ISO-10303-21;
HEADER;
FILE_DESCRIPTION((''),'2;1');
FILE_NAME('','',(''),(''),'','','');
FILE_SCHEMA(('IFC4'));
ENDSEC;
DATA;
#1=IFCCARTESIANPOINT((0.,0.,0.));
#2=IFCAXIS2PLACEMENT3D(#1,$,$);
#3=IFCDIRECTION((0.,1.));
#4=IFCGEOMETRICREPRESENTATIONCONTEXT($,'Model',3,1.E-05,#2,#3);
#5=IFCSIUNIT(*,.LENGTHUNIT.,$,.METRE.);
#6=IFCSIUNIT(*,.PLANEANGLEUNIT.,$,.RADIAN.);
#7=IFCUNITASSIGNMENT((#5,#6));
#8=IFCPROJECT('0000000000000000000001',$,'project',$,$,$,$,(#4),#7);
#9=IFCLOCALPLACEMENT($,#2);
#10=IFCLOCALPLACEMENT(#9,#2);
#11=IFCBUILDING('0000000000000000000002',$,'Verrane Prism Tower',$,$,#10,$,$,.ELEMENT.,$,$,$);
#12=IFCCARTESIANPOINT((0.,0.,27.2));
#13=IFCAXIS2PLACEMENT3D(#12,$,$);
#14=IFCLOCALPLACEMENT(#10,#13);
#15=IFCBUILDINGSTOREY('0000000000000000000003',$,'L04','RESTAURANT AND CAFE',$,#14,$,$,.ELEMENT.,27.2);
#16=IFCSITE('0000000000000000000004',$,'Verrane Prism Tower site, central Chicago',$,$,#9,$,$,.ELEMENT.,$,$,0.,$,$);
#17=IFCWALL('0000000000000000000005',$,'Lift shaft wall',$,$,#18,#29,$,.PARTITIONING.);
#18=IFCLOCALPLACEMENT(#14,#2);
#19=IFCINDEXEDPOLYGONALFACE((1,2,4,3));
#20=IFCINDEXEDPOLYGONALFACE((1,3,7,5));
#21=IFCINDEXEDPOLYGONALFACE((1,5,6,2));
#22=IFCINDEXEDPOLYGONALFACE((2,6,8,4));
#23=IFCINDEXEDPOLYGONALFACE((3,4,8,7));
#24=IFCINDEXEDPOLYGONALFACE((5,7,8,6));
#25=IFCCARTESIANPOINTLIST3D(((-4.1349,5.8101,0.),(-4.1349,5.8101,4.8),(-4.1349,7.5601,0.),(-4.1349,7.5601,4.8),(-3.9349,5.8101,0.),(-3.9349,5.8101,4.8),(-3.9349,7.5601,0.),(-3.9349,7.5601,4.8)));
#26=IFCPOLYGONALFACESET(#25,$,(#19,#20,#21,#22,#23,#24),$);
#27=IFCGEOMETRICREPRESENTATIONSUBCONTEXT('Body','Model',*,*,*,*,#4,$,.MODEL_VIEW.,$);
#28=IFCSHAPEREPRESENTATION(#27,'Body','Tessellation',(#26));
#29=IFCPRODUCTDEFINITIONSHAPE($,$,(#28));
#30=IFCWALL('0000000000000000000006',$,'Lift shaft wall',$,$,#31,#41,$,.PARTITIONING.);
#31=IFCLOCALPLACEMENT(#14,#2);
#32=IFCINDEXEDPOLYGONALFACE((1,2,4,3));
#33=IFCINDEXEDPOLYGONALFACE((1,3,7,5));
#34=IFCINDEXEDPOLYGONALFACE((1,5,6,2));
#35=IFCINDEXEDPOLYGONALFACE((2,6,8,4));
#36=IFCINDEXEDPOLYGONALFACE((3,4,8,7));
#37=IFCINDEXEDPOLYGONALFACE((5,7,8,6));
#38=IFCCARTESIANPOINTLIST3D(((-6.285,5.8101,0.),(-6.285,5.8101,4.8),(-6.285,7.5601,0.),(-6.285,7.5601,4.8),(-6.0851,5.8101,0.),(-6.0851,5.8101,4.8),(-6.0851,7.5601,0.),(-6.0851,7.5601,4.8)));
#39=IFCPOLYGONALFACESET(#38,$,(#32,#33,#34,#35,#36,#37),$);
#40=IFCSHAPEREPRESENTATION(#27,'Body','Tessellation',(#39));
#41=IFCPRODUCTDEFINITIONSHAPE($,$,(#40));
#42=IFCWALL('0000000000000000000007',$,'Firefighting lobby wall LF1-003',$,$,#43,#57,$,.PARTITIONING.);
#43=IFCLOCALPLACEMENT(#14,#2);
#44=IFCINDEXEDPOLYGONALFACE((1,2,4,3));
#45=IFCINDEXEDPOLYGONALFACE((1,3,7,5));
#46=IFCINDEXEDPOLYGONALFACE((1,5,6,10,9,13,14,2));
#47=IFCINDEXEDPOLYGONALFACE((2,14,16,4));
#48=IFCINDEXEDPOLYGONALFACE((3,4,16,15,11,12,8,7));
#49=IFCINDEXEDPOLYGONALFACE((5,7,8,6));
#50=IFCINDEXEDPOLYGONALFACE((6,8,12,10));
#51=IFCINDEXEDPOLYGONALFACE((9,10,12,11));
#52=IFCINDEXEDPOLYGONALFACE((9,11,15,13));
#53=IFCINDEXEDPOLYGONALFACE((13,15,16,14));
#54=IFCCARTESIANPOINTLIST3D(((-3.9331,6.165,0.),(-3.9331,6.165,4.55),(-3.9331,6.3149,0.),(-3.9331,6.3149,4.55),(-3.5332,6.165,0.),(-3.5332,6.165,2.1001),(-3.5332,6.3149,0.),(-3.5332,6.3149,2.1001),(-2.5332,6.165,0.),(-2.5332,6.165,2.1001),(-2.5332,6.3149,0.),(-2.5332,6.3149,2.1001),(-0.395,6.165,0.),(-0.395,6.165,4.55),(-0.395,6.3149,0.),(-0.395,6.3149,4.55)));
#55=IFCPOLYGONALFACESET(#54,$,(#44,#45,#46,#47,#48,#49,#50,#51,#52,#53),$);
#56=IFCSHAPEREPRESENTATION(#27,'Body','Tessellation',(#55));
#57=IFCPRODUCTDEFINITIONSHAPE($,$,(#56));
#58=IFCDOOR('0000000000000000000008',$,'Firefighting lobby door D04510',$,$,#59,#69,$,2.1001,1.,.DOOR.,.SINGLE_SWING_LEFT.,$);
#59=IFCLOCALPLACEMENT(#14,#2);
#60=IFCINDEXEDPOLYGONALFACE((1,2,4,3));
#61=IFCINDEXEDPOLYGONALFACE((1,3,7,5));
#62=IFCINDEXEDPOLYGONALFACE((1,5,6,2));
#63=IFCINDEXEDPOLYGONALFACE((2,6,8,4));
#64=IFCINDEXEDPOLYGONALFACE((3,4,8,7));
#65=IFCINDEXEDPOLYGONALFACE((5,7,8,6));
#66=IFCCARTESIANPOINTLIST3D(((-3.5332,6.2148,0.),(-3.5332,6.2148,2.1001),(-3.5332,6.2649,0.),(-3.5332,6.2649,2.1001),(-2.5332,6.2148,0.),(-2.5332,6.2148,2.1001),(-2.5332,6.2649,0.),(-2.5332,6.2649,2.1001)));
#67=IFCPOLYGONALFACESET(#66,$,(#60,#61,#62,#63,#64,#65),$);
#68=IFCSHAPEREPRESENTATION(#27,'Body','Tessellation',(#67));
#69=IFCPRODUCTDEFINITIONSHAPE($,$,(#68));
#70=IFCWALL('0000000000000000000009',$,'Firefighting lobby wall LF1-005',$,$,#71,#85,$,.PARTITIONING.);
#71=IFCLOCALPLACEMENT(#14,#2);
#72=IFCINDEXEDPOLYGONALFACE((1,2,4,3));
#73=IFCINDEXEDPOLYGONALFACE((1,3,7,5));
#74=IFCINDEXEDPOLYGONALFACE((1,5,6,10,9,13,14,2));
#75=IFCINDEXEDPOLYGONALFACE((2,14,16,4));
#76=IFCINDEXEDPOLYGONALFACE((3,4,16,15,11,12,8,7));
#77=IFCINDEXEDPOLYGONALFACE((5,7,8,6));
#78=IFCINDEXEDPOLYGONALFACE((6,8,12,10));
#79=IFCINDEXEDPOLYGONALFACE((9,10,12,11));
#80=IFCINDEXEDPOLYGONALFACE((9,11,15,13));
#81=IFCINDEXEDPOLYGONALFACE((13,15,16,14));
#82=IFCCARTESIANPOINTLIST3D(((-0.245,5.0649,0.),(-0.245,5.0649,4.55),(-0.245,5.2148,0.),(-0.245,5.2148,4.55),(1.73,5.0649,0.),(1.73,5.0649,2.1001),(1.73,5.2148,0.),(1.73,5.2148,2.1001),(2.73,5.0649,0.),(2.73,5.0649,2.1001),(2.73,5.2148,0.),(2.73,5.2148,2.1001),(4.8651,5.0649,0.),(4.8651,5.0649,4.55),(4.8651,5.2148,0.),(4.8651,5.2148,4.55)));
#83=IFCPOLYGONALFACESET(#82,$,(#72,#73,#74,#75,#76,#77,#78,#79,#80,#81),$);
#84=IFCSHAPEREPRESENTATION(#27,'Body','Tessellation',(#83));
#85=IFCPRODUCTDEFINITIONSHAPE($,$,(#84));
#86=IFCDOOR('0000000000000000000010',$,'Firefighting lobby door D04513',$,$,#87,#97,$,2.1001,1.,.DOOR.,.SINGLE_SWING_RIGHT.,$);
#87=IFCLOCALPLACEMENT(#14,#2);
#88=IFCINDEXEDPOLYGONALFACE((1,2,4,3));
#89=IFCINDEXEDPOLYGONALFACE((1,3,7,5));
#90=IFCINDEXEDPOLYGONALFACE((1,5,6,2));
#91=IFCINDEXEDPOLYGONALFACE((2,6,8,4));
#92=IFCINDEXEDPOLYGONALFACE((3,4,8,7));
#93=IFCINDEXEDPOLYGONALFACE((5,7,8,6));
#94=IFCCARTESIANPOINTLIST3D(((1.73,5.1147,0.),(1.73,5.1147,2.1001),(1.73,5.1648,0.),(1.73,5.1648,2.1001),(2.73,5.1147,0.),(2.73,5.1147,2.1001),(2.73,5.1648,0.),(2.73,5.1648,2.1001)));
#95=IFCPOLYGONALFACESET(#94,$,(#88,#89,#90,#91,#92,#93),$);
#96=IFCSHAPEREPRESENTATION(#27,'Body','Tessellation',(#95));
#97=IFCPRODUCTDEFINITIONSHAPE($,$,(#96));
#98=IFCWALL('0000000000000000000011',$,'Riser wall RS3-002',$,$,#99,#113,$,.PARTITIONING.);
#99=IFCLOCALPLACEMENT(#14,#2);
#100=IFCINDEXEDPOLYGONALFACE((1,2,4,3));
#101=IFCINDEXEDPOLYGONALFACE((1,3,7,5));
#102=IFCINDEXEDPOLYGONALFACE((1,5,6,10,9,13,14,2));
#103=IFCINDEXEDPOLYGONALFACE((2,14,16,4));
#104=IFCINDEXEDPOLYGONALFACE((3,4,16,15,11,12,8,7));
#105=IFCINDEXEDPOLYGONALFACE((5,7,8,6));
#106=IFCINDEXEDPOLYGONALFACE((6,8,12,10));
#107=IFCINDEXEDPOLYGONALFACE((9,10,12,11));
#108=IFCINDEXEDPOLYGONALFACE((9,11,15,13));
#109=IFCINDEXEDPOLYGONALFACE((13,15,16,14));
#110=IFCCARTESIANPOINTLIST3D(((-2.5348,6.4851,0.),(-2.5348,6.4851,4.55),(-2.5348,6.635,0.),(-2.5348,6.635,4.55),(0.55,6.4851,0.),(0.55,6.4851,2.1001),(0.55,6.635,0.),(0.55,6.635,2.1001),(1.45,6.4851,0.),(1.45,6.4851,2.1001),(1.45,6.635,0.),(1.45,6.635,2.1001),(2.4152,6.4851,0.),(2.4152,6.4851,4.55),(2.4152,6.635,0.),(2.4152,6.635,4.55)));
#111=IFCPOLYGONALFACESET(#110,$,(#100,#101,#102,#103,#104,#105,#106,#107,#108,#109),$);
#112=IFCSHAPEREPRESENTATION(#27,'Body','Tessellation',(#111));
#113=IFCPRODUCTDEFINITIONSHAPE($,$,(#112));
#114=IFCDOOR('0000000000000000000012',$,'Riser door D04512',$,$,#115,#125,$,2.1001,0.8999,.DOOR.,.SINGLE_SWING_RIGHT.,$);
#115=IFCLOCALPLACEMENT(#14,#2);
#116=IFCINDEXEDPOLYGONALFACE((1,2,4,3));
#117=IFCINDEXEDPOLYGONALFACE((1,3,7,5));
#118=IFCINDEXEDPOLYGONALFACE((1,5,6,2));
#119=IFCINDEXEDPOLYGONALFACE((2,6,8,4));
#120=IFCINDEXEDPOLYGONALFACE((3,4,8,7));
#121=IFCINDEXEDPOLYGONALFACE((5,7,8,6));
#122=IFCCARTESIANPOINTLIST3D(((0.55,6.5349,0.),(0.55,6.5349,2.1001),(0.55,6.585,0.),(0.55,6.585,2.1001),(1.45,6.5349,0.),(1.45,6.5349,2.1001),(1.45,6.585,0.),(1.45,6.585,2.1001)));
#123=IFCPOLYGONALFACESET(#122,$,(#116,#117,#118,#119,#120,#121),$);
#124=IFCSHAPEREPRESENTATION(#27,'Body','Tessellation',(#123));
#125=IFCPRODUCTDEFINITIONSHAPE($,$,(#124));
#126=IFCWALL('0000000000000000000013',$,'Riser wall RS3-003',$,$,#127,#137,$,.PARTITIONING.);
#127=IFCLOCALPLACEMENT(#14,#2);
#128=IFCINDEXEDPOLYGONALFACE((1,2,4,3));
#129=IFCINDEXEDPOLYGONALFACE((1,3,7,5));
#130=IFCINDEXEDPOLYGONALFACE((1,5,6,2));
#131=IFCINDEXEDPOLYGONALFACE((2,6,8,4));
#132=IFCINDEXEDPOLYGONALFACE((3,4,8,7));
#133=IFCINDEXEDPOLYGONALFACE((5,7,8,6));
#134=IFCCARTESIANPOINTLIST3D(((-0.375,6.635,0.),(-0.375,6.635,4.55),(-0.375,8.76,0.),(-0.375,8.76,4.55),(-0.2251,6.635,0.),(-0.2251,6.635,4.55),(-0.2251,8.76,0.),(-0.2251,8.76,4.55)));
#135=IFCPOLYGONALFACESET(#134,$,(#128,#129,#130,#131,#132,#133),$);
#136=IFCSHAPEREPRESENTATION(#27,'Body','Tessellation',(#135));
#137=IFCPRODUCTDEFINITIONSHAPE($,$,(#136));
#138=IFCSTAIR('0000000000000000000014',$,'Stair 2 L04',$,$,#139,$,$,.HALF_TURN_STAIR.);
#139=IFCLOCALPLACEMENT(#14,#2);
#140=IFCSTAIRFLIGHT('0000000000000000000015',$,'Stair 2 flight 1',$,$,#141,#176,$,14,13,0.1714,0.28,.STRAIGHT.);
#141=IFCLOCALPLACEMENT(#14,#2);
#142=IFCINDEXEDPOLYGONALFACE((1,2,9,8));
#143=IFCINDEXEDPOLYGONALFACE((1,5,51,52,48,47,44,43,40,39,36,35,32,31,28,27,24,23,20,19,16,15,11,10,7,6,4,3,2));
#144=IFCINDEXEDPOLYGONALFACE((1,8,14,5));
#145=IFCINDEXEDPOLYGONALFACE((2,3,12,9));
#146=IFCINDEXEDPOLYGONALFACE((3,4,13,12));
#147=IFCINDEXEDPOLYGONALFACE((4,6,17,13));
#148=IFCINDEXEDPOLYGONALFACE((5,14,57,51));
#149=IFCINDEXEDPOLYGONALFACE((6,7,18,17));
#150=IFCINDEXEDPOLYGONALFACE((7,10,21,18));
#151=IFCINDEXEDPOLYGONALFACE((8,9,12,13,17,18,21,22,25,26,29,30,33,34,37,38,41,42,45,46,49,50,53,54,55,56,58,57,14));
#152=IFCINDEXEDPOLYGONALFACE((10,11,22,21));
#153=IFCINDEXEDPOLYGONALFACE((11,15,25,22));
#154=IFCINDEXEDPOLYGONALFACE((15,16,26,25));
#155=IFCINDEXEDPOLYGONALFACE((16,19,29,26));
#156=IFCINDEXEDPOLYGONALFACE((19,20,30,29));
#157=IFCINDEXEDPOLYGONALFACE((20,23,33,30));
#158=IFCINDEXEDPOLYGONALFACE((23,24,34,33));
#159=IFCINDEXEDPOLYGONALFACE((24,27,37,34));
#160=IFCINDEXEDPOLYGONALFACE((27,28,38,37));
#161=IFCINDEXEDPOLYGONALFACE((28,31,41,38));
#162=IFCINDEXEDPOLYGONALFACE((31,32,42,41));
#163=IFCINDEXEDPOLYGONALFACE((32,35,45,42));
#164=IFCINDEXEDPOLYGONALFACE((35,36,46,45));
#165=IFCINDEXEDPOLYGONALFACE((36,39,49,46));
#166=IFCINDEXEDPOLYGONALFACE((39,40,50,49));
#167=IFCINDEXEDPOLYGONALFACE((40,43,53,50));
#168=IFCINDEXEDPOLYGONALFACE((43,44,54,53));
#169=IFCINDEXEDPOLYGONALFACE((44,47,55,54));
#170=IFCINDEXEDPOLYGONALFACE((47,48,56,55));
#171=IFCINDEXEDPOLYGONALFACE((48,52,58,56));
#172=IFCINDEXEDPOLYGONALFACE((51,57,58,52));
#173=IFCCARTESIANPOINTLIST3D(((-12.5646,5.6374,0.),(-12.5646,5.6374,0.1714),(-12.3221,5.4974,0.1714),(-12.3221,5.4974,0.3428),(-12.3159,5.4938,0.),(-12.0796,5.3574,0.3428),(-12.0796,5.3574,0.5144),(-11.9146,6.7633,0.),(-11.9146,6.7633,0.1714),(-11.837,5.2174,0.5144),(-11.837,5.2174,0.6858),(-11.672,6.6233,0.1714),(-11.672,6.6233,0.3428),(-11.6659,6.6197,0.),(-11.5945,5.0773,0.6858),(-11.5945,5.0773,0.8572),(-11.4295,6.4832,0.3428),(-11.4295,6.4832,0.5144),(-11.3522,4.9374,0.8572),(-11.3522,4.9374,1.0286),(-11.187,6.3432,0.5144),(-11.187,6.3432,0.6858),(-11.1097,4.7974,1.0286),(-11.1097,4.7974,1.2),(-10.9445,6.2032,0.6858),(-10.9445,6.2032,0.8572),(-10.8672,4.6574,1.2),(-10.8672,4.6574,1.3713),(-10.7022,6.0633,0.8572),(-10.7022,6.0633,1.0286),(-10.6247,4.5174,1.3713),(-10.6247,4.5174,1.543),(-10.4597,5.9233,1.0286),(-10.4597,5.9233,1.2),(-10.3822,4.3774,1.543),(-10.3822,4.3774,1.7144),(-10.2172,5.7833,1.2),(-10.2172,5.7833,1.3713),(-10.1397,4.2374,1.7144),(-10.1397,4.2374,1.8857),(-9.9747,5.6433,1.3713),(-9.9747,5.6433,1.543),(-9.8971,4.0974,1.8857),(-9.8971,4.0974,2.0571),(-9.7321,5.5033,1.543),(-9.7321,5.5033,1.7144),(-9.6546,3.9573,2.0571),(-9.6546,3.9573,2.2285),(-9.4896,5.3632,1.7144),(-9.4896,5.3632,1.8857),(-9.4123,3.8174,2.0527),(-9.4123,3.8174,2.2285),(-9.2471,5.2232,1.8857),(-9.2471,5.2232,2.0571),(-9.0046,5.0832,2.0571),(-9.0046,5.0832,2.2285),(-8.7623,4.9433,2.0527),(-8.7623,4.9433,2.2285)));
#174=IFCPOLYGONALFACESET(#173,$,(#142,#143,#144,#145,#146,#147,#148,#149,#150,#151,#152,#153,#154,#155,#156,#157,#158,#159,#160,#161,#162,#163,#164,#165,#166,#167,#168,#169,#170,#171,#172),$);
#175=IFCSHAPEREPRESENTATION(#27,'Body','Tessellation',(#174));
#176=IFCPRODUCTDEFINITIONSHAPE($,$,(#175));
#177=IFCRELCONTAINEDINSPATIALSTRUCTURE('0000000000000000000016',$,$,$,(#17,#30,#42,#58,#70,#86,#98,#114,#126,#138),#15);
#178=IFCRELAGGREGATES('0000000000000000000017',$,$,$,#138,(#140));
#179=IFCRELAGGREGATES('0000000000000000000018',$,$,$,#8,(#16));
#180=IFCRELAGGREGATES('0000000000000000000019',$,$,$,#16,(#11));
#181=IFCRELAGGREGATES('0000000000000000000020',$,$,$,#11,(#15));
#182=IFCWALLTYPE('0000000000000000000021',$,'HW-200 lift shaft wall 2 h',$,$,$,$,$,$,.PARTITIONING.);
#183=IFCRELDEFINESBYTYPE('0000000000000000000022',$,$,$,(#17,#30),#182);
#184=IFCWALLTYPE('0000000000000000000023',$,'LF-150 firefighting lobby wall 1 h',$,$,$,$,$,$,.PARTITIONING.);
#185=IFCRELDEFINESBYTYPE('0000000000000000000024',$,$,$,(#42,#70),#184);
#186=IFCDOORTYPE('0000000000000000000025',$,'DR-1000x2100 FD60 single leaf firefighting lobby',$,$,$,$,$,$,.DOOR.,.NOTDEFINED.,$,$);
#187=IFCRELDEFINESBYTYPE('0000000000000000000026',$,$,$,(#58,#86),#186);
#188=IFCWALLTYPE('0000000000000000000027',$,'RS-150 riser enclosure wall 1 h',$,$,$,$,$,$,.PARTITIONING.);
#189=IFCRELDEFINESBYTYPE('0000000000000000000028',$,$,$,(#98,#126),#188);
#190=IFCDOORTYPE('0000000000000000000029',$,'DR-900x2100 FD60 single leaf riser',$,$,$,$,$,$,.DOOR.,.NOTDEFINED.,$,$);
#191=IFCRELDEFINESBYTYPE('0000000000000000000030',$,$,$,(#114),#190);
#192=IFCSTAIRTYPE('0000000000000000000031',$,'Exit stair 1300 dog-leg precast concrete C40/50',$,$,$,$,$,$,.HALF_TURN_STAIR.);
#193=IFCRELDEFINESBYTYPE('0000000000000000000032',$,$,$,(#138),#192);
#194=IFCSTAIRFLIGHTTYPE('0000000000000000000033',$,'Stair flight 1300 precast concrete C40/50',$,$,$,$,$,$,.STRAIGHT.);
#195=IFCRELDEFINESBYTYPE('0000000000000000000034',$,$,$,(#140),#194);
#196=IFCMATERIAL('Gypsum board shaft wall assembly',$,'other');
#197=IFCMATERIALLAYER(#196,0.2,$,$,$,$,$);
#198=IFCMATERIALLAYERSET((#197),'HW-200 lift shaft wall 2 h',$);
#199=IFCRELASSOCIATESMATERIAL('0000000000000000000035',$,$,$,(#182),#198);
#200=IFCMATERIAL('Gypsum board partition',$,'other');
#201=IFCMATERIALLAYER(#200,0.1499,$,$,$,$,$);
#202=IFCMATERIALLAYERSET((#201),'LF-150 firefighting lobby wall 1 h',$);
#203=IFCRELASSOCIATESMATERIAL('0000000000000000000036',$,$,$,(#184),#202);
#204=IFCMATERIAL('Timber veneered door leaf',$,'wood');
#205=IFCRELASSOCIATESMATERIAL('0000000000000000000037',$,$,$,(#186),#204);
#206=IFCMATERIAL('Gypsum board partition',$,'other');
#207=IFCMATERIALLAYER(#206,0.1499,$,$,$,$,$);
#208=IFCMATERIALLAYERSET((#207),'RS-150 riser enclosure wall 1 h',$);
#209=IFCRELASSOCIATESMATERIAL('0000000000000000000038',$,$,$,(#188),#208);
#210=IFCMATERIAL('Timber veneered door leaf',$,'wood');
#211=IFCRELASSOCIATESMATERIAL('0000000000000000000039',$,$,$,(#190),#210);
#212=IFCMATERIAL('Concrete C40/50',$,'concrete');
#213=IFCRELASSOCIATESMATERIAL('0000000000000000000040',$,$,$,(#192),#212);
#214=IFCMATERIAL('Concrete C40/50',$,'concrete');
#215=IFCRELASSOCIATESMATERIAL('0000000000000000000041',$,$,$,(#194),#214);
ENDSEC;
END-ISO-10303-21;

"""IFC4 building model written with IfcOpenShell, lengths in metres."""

from ifc_helpers import new_model, si_unit, direction, frame, frame_2d, origin, place, context, subcontext, project, spatial, polyline, rectangle, outline, extrude, material, layer, layer_set, type_object, element, fill, aggregate, save


model = new_model("IFC4")

# Units and contexts
model_context = context("Model", 3, precision=1e-05, world=origin(), true_north=direction((0.0, 1.0)))
body_context = subcontext(model_context, "Body", "Model", "MODEL_VIEW")
ifc_project = project(units=[si_unit("LENGTHUNIT", "METRE"), si_unit("PLANEANGLEUNIT", "RADIAN")], contexts=[model_context])

# Site, building, storey
site_placement = place(None, origin())
site = spatial("IfcSite", under=ifc_project, at=site_placement, Name="Verrane Prism Tower site, central Chicago", CompositionType="ELEMENT", RefElevation=0.0)
building_placement = place(site_placement, origin())
building = spatial("IfcBuilding", under=site, at=building_placement, Name="Verrane Prism Tower", CompositionType="ELEMENT")
storey_placement = place(building_placement, frame((0.0, 0.0, 27.2)))
storey = spatial("IfcBuildingStorey", under=building, at=storey_placement, Name="L04", Description="RESTAURANT AND CAFE", CompositionType="ELEMENT", Elevation=27.2)

# Walls
ifc_material_1 = material(Name="Gypsum board shaft wall assembly", Category="other")
ifc_layer_1 = layer(ifc_material_1, 0.2)
ifc_layer_set_1 = layer_set([ifc_layer_1], Name="HW-200 lift shaft wall 2 h")
wall_type_1 = type_object("IfcWallType", Name="HW-200 lift shaft wall 2 h", PredefinedType="PARTITIONING", material=ifc_layer_set_1)
for number, where, z_axis, x_axis, name in (
    (1, (-4.0349, 5.8101, 0.0), (0.0, 0.0, 1.0), (0.0, 1.0, 0.0), "Lift shaft wall"),
    (2, (-6.1851, 5.8101, 0.0), (0.0, 0.0, 1.0), (0.0, 1.0, 0.0), "Lift shaft wall"),
):
    element("IfcWall", number, at=place(storey_placement, frame(where, z_axis=z_axis, x_axis=x_axis)), inside=storey, type_object=wall_type_1, Name=name, PredefinedType="PARTITIONING", context=body_context, shape_type="SweptSolid", body=[
        extrude(rectangle(XDim=1.75, YDim=0.2, at=frame_2d((0.875, 0.0))), origin(), (0.0, 0.0, 1.0), 4.8),
    ])

# Walls, openings, doors
ifc_material_2 = material(Name="Gypsum board partition", Category="other")
ifc_layer_2 = layer(ifc_material_2, 0.1499)
ifc_layer_set_2 = layer_set([ifc_layer_2], Name="LF-150 firefighting lobby wall 1 h")
wall_type_2 = type_object("IfcWallType", Name="LF-150 firefighting lobby wall 1 h", PredefinedType="PARTITIONING", material=ifc_layer_set_2)
wall_1_placement = place(storey_placement, frame((-3.9331, 6.24, 0.0), z_axis=(0.0, 0.0, 1.0), x_axis=(1.0, 0.0, 0.0)))
wall_1 = element("IfcWall", 3, at=wall_1_placement, inside=storey, type_object=wall_type_2, Name="Firefighting lobby wall LF1-003", PredefinedType="PARTITIONING", context=body_context, shape_type="SweptSolid", body=[
    extrude(rectangle(XDim=3.5381, YDim=0.1499, at=frame_2d((1.769, 0.0))), origin(), (0.0, 0.0, 1.0), 4.55),
])
opening_1_placement = place(wall_1_placement, frame((0.3999, 0.0, 0.0)))
opening_1 = element("IfcOpeningElement", 4, at=opening_1_placement, cuts=wall_1, PredefinedType="OPENING", context=body_context, shape_type="SweptSolid", body=[
    extrude(rectangle(XDim=1.0, YDim=2.1001, at=frame_2d((0.5, 1.05))), frame((0.0, 0.085, 0.0), z_axis=(0.0, -1.0, 0.0), x_axis=(1.0, 0.0, 0.0)), (0.0, 0.0, 1.0), 0.1699),
])
ifc_material_3 = material(Name="Timber veneered door leaf", Category="wood")
door_type_1 = type_object("IfcDoorType", Name="DR-1000x2100 FD60 single leaf firefighting lobby", OperationType="NOTDEFINED", PredefinedType="DOOR", material=ifc_material_3)
door_1_placement = place(opening_1_placement, origin())
door_1 = element("IfcDoor", 5, at=door_1_placement, inside=storey, type_object=door_type_1, Name="Firefighting lobby door D04510", OperationType="SINGLE_SWING_LEFT", OverallHeight=2.1001, OverallWidth=1.0, PredefinedType="DOOR", context=body_context, shape_type="SweptSolid", body=[
    extrude(rectangle(XDim=1.0, YDim=2.1001, at=frame_2d((0.5, 1.05))), frame((0.0, 0.0249, 0.0), z_axis=(0.0, -1.0, 0.0), x_axis=(1.0, 0.0, 0.0)), (0.0, 0.0, 1.0), 0.05),
])
fill(opening_1, door_1)
wall_2_placement = place(storey_placement, frame((-0.2451, 5.1399, 0.0), z_axis=(0.0, 0.0, 1.0), x_axis=(1.0, 0.0, 0.0)))
wall_2 = element("IfcWall", 6, at=wall_2_placement, inside=storey, type_object=wall_type_2, Name="Firefighting lobby wall LF1-005", PredefinedType="PARTITIONING", context=body_context, shape_type="SweptSolid", body=[
    extrude(rectangle(XDim=5.1101, YDim=0.1499, at=frame_2d((2.5552, 0.0))), origin(), (0.0, 0.0, 1.0), 4.55),
])
opening_2_placement = place(wall_2_placement, frame((1.9751, 0.0, 0.0)))
opening_2 = element("IfcOpeningElement", 7, at=opening_2_placement, cuts=wall_2, PredefinedType="OPENING", context=body_context, shape_type="SweptSolid", body=[
    extrude(rectangle(XDim=1.0, YDim=2.1001, at=frame_2d((0.5, 1.05))), frame((0.0, 0.085, 0.0), z_axis=(0.0, -1.0, 0.0), x_axis=(1.0, 0.0, 0.0)), (0.0, 0.0, 1.0), 0.1699),
])
door_2_placement = place(opening_2_placement, origin())
door_2 = element("IfcDoor", 8, at=door_2_placement, inside=storey, type_object=door_type_1, Name="Firefighting lobby door D04513", OperationType="SINGLE_SWING_RIGHT", OverallHeight=2.1001, OverallWidth=1.0, PredefinedType="DOOR", context=body_context, shape_type="SweptSolid", body=[
    extrude(rectangle(XDim=1.0, YDim=2.1001, at=frame_2d((0.5, 1.05))), frame((0.0, 0.0249, 0.0), z_axis=(0.0, -1.0, 0.0), x_axis=(1.0, 0.0, 0.0)), (0.0, 0.0, 1.0), 0.05),
])
fill(opening_2, door_2)
ifc_material_4 = material(Name="Gypsum board partition", Category="other")
ifc_layer_3 = layer(ifc_material_4, 0.1499)
ifc_layer_set_3 = layer_set([ifc_layer_3], Name="RS-150 riser enclosure wall 1 h")
wall_type_3 = type_object("IfcWallType", Name="RS-150 riser enclosure wall 1 h", PredefinedType="PARTITIONING", material=ifc_layer_set_3)
wall_3_placement = place(storey_placement, frame((-2.5349, 6.5601, 0.0), z_axis=(0.0, 0.0, 1.0), x_axis=(1.0, 0.0, 0.0)))
wall_3 = element("IfcWall", 9, at=wall_3_placement, inside=storey, type_object=wall_type_3, Name="Riser wall RS3-002", PredefinedType="PARTITIONING", context=body_context, shape_type="SweptSolid", body=[
    extrude(rectangle(XDim=4.95, YDim=0.1499, at=frame_2d((2.4751, 0.0))), origin(), (0.0, 0.0, 1.0), 4.55),
])
opening_3_placement = place(wall_3_placement, frame((3.085, 0.0, 0.0)))
opening_3 = element("IfcOpeningElement", 10, at=opening_3_placement, cuts=wall_3, PredefinedType="OPENING", context=body_context, shape_type="SweptSolid", body=[
    extrude(rectangle(XDim=0.8999, YDim=2.1001, at=frame_2d((0.45, 1.05))), frame((0.0, 0.085, 0.0), z_axis=(0.0, -1.0, 0.0), x_axis=(1.0, 0.0, 0.0)), (0.0, 0.0, 1.0), 0.1699),
])
ifc_material_5 = material(Name="Timber veneered door leaf", Category="wood")
door_type_2 = type_object("IfcDoorType", Name="DR-900x2100 FD60 single leaf riser", OperationType="NOTDEFINED", PredefinedType="DOOR", material=ifc_material_5)
door_3_placement = place(opening_3_placement, origin())
door_3 = element("IfcDoor", 11, at=door_3_placement, inside=storey, type_object=door_type_2, Name="Riser door D04512", OperationType="SINGLE_SWING_RIGHT", OverallHeight=2.1001, OverallWidth=0.8999, PredefinedType="DOOR", context=body_context, shape_type="SweptSolid", body=[
    extrude(rectangle(XDim=0.8999, YDim=2.1001, at=frame_2d((0.45, 1.05))), frame((0.0, 0.0249, 0.0), z_axis=(0.0, -1.0, 0.0), x_axis=(1.0, 0.0, 0.0)), (0.0, 0.0, 1.0), 0.05),
])
fill(opening_3, door_3)

# Wall
wall_4_placement = place(storey_placement, frame((-0.3, 6.635, 0.0), z_axis=(0.0, 0.0, 1.0), x_axis=(0.0, 1.0, 0.0)))
element("IfcWall", 12, at=wall_4_placement, inside=storey, type_object=wall_type_3, Name="Riser wall RS3-003", PredefinedType="PARTITIONING", context=body_context, shape_type="SweptSolid", body=[
    extrude(rectangle(XDim=2.125, YDim=0.1499, at=frame_2d((1.0625, 0.0))), origin(), (0.0, 0.0, 1.0), 4.55),
])

# Stair, stair flight
ifc_material_6 = material(Name="Concrete C40/50", Category="concrete")
stair_type = type_object("IfcStairType", Name="Exit stair 1300 dog-leg precast concrete C40/50", PredefinedType="HALF_TURN_STAIR", material=ifc_material_6)
stair_placement = place(storey_placement, origin())
stair = element("IfcStair", 13, at=stair_placement, inside=storey, type_object=stair_type, Name="Stair 2 L04", PredefinedType="HALF_TURN_STAIR")
ifc_material_7 = material(Name="Concrete C40/50", Category="concrete")
stair_flight_type = type_object("IfcStairFlightType", Name="Stair flight 1300 precast concrete C40/50", PredefinedType="STRAIGHT", material=ifc_material_7)
stair_flight_1_placement = place(storey_placement, frame((-12.2395, 6.2004, 0.0), z_axis=(0.0, 0.0, 1.0), x_axis=(0.866025, -0.5, 0.0)))
stair_flight_1 = element("IfcStairFlight", 14, at=stair_flight_1_placement, type_object=stair_flight_type, Name="Stair 2 flight 1", NumberOfRisers=14, NumberOfTreads=13, PredefinedType="STRAIGHT", RiserHeight=0.1714, TreadLength=0.28, context=body_context, shape_type="SweptSolid", body=[
    extrude(outline(polyline([(0.0, 0.0), (0.0, 0.1714), (0.28, 0.1714), (0.28, 0.3428), (0.5601, 0.3428), (0.5601, 0.5144), (0.8401, 0.5144), (0.8401, 0.6858), (1.1201, 0.6858), (1.1201, 0.8572), (1.3999, 0.8572), (1.3999, 1.0286), (1.6799, 1.0286), (1.6799, 1.2), (1.96, 1.2), (1.96, 1.3713), (2.24, 1.3713), (2.24, 1.543), (2.52, 1.543), (2.52, 1.7144), (2.8, 1.7144), (2.8, 1.8857), (3.0801, 1.8857), (3.0801, 2.0571), (3.3601, 2.0571), (3.3601, 2.2285), (3.6399, 2.2285), (3.6399, 2.3999), (3.6399, 2.0527), (0.2871, 0.0), (0.0, 0.0)])), frame((0.0, 0.6499, 0.0), z_axis=(0.0, -1.0, 0.0), x_axis=(1.0, 0.0, 0.0)), (0.0, 0.0, 1.0), 1.3),
])
aggregate(stair, [stair_flight_1])

save(model, "model.ifc")
